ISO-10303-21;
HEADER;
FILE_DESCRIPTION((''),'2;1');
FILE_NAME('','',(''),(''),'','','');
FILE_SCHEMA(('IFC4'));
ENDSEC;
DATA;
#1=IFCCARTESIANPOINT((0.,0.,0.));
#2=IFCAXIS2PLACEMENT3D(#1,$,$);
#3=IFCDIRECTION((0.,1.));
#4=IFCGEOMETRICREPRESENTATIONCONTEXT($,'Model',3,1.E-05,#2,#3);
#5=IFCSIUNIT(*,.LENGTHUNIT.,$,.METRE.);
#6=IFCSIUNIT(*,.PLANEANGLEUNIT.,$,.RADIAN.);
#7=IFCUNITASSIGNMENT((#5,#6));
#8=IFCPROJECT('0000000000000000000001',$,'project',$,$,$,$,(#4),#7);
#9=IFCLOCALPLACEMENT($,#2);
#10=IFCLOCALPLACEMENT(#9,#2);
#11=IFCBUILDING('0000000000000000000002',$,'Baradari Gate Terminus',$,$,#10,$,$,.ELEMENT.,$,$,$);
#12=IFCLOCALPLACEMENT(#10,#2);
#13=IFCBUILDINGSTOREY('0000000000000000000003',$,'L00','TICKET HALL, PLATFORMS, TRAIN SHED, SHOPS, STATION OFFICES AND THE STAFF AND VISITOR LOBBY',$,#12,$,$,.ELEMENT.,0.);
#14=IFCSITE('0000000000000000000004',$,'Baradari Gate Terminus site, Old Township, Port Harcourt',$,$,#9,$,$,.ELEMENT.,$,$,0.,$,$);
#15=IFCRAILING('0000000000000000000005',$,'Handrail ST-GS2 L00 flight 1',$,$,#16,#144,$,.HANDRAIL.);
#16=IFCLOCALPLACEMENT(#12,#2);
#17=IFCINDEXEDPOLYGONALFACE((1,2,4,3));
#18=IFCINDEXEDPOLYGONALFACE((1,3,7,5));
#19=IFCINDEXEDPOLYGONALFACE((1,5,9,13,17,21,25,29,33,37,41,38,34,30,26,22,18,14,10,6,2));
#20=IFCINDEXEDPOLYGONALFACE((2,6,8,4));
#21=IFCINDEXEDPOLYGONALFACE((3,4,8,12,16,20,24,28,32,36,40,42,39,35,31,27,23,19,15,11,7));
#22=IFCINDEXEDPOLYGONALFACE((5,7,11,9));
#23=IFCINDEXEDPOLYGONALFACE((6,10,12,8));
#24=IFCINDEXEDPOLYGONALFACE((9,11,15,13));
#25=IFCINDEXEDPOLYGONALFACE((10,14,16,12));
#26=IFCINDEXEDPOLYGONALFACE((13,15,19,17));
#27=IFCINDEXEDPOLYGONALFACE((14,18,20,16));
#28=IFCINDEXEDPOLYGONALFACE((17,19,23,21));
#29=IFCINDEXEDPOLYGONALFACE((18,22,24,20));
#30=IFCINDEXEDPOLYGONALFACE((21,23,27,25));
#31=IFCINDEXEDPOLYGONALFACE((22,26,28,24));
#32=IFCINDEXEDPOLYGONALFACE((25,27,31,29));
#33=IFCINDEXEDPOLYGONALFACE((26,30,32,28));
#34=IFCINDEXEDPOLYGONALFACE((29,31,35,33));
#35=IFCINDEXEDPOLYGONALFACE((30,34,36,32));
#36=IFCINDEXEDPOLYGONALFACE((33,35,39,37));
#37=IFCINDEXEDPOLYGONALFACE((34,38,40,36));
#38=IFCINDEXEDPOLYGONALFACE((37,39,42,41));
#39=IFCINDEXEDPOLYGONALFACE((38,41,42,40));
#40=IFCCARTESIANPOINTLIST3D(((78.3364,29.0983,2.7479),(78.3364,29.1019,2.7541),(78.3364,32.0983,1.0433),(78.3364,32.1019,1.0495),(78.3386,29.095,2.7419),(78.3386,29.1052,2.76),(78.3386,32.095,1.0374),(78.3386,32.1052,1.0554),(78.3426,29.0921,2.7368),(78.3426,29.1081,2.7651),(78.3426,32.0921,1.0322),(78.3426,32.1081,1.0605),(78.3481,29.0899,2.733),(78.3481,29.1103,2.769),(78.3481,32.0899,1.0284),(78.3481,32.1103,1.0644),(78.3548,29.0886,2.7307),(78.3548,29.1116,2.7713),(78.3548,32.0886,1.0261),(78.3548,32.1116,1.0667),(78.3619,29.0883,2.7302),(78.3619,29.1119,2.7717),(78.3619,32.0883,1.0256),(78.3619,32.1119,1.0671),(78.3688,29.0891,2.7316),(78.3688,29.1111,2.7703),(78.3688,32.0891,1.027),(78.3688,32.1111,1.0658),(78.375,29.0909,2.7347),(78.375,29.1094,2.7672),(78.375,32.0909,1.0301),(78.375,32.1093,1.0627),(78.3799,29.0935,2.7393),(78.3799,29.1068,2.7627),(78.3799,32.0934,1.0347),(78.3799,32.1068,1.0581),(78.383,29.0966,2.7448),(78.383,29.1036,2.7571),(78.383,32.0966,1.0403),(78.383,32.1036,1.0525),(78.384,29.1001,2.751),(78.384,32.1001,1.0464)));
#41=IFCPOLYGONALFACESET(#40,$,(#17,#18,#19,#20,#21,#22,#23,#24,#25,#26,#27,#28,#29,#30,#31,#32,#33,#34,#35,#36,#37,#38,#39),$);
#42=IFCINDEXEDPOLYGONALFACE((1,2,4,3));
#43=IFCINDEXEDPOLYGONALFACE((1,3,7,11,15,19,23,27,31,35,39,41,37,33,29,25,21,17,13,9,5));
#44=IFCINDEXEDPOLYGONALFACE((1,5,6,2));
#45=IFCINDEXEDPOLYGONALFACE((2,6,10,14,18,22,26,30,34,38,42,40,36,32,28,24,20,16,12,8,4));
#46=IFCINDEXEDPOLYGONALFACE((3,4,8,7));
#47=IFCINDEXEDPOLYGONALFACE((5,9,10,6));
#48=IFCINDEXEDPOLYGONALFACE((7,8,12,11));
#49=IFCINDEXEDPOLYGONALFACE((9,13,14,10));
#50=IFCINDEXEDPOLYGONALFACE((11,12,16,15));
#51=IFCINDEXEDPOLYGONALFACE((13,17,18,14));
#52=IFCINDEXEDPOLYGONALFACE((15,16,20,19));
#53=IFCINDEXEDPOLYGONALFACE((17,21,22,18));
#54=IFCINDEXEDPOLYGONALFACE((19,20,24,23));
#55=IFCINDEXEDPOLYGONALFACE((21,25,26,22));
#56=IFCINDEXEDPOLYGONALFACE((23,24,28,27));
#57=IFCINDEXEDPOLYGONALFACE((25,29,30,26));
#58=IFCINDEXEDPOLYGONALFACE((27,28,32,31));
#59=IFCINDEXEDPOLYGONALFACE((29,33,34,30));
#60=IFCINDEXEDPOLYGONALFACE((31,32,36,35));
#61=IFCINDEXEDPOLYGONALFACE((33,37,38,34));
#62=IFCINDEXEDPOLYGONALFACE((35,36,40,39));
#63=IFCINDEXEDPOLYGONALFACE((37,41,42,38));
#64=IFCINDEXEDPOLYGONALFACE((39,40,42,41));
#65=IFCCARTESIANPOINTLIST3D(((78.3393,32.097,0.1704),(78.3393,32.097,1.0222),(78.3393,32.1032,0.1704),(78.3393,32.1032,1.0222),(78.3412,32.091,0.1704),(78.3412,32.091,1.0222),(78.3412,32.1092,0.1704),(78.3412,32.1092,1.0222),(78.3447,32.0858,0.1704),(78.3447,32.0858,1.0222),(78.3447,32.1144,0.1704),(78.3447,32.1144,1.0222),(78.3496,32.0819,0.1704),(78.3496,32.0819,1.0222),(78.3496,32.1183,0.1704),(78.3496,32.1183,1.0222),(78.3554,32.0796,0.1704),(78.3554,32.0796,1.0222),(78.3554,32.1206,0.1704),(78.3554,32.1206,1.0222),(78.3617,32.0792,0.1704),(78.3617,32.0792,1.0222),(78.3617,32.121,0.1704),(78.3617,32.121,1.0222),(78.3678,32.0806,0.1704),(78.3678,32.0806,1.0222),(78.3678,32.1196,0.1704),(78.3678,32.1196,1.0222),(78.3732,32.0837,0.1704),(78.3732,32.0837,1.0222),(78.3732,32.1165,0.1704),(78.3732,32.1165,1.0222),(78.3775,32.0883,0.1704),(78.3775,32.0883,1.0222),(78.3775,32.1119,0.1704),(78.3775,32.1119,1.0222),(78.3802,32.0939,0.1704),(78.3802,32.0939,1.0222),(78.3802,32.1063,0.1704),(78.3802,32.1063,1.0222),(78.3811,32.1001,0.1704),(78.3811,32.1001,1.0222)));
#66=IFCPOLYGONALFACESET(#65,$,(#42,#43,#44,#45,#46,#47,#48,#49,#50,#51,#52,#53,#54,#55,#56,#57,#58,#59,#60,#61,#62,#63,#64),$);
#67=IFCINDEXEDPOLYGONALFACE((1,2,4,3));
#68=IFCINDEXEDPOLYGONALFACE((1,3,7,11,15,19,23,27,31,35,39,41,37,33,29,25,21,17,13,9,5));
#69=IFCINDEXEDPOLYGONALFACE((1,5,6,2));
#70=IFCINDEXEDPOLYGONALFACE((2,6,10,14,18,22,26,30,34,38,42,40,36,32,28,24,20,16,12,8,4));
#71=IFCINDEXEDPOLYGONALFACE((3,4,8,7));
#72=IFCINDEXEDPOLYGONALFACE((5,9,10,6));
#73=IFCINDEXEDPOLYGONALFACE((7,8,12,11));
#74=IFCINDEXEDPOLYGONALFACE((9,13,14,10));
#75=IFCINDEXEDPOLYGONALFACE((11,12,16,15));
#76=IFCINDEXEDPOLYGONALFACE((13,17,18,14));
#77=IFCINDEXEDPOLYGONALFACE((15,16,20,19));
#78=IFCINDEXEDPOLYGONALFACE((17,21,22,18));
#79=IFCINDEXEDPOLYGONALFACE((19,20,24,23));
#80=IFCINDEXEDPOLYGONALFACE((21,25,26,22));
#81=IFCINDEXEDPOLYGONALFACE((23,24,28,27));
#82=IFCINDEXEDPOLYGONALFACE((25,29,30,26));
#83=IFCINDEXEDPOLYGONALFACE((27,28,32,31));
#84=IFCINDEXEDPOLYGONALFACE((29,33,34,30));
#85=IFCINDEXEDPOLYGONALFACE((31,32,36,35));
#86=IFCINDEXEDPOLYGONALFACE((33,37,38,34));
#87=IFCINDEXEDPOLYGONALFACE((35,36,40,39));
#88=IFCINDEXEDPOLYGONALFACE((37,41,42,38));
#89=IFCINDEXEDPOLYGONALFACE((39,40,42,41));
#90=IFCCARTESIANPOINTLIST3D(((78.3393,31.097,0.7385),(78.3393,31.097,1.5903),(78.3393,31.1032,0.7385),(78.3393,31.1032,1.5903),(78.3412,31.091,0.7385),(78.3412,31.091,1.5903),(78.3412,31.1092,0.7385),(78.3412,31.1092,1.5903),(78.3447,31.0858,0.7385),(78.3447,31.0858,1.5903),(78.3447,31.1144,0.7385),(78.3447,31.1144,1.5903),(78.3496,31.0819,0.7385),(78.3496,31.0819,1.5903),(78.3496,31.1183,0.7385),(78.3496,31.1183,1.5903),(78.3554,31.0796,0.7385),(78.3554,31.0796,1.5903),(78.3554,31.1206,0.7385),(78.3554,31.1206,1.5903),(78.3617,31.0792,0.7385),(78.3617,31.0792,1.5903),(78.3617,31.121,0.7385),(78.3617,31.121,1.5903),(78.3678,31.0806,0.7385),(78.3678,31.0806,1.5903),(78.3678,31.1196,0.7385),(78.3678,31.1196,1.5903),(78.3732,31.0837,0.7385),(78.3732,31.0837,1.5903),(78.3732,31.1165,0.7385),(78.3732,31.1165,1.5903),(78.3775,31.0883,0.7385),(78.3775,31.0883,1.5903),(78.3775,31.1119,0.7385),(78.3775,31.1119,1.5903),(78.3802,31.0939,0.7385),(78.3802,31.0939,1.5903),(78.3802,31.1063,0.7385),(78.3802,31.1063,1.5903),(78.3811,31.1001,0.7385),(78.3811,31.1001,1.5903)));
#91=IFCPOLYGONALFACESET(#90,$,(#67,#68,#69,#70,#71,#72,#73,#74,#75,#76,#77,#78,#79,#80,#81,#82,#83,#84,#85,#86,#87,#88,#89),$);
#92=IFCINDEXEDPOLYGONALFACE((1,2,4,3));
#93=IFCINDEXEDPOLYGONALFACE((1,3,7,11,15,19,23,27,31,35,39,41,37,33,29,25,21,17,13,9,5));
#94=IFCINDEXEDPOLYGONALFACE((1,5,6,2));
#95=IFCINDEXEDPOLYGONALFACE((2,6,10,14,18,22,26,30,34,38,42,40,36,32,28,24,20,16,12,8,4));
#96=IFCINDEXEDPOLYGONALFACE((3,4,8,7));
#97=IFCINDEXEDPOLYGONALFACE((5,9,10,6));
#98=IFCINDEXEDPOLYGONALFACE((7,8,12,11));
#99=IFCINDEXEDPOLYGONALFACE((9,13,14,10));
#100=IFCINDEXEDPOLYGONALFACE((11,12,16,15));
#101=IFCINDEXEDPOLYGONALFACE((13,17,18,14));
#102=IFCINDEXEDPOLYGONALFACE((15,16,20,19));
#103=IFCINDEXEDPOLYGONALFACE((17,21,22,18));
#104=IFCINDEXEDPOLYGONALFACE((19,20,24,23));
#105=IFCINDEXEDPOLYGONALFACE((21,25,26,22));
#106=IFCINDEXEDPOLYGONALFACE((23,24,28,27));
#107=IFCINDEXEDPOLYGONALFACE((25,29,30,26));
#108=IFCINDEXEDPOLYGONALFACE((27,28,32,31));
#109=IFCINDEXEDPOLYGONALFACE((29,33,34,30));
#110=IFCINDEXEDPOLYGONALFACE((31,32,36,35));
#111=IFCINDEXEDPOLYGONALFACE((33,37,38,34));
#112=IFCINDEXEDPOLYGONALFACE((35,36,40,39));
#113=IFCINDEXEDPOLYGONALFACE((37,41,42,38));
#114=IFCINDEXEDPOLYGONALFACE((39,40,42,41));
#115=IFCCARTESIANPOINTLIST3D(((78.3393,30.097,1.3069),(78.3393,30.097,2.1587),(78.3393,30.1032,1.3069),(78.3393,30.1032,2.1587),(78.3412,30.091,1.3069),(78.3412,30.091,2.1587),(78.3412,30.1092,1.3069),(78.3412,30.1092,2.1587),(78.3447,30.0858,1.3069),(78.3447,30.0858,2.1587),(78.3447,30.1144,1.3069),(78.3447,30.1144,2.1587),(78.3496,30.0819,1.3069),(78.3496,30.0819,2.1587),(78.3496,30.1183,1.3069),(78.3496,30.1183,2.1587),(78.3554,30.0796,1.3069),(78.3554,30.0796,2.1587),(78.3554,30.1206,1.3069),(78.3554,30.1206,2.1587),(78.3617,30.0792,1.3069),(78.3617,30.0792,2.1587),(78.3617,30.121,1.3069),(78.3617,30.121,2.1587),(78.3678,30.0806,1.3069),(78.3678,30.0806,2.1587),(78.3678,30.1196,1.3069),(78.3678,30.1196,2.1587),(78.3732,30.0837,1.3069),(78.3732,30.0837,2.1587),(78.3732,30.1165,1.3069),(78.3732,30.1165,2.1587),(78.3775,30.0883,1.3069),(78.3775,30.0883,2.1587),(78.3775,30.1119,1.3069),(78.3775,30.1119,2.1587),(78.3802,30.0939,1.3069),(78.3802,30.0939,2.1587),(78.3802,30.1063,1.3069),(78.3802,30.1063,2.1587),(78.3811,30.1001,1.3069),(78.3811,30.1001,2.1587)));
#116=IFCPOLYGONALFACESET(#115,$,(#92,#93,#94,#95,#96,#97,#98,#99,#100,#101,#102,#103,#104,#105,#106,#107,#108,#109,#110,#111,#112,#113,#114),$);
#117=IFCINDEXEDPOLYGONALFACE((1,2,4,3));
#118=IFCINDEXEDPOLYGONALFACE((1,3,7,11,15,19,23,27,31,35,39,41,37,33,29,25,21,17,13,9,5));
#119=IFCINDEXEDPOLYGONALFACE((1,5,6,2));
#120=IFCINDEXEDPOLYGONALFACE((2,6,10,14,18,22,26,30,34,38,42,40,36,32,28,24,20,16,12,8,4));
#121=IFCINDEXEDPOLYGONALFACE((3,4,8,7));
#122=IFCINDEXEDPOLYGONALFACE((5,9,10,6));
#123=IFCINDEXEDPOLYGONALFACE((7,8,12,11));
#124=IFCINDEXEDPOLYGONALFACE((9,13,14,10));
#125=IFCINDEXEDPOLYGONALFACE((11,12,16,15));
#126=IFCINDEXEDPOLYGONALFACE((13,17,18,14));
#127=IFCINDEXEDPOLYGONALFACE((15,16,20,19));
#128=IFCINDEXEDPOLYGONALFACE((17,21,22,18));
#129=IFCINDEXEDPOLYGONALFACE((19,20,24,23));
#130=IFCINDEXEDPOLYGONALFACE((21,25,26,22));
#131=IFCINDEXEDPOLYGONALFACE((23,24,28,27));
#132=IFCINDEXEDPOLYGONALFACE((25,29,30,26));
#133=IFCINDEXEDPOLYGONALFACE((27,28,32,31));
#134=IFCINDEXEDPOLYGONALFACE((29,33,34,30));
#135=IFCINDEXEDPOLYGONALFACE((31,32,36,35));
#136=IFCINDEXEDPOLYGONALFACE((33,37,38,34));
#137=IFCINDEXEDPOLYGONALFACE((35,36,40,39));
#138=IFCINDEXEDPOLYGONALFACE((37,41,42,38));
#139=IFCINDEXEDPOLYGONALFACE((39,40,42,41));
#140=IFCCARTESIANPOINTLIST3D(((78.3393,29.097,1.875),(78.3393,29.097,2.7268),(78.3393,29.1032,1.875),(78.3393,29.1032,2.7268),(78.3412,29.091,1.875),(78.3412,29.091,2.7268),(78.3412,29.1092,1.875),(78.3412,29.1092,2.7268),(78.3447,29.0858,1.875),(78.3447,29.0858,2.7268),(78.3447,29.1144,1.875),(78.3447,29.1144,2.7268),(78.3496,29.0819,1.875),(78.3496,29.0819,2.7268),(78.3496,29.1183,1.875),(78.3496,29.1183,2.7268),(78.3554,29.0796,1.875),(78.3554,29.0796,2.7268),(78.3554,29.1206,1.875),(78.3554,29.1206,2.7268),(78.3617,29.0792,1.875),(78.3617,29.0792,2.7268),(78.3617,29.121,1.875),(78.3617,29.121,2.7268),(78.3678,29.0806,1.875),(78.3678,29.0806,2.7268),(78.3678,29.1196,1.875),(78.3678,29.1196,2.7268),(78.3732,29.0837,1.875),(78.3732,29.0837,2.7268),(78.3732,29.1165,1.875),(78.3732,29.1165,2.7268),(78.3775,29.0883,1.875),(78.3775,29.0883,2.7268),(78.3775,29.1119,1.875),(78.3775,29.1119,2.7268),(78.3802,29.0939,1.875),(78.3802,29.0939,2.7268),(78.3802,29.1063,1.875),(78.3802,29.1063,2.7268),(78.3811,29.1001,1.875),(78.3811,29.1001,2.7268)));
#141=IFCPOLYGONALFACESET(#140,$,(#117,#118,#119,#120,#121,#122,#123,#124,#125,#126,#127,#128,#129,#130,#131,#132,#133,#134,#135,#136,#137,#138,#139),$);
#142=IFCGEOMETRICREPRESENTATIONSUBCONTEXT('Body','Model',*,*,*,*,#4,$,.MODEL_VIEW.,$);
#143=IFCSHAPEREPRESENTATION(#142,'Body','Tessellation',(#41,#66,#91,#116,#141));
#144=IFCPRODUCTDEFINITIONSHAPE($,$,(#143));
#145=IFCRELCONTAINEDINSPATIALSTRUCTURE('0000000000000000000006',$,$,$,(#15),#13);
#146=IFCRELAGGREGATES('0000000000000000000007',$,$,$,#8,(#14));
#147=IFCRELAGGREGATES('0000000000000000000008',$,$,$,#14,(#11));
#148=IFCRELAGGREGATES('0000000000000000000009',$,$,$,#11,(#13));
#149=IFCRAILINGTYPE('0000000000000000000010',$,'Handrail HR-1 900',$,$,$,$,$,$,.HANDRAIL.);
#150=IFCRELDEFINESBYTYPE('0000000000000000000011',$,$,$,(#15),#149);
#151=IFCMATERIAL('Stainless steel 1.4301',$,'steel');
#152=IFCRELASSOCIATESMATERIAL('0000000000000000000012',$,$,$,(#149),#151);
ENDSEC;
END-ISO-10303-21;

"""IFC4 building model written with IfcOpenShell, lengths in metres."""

from ifc_helpers import new_model, si_unit, direction, frame, origin, origin_2d, place, context, subcontext, project, spatial, circle, extrude, material, type_object, element, save


model = new_model("IFC4")

# Units and contexts
model_context = context("Model", 3, precision=1e-05, world=origin(), true_north=direction((0.0, 1.0)))
body_context = subcontext(model_context, "Body", "Model", "MODEL_VIEW")
ifc_project = project(units=[si_unit("LENGTHUNIT", "METRE"), si_unit("PLANEANGLEUNIT", "RADIAN")], contexts=[model_context])

# Site, building, storey
site_placement = place(None, origin())
site = spatial("IfcSite", under=ifc_project, at=site_placement, Name="Baradari Gate Terminus site, Old Township, Port Harcourt", CompositionType="ELEMENT", RefElevation=0.0)
building_placement = place(site_placement, origin())
building = spatial("IfcBuilding", under=site, at=building_placement, Name="Baradari Gate Terminus", CompositionType="ELEMENT")
storey_placement = place(building_placement, origin())
storey = spatial("IfcBuildingStorey", under=building, at=storey_placement, Name="L00", Description="TICKET HALL, PLATFORMS, TRAIN SHED, SHOPS, STATION OFFICES AND THE STAFF AND VISITOR LOBBY", CompositionType="ELEMENT", Elevation=0.0)

# Railing
ifc_material_1 = material(Name="Stainless steel 1.4301", Category="steel")
railing_type_1 = type_object("IfcRailingType", Name="Handrail HR-1 900", PredefinedType="HANDRAIL", material=ifc_material_1)
for number, where, name in (
    (1, (78.3601, 32.1001, 0.1704), "Handrail ST-GS2 L00 flight 1"),
):
    element("IfcRailing", number, at=place(storey_placement, frame(where)), inside=storey, type_object=railing_type_1, Name=name, PredefinedType="HANDRAIL", context=body_context, shape_type="SweptSolid", body=[
        extrude(circle(Radius=0.0239, at=origin_2d()), frame((0.0, 0.0, 0.876), z_axis=(0.0, -0.869451, 0.494019), x_axis=(1.0, 0.0, 0.0)), (0.0, 0.0, 1.0), 3.4504),
        extrude(circle(Radius=0.021, at=origin_2d()), origin(), (0.0, 0.0, 1.0), 0.8518),
        extrude(circle(Radius=0.021, at=origin_2d()), frame((0.0, -1.0, 0.5681)), (0.0, 0.0, 1.0), 0.8518),
        extrude(circle(Radius=0.021, at=origin_2d()), frame((0.0, -2.0, 1.1365)), (0.0, 0.0, 1.0), 0.8518),
        extrude(circle(Radius=0.021, at=origin_2d()), frame((0.0, -3.0, 1.7046)), (0.0, 0.0, 1.0), 0.8518),
    ])

save(model, "model.ifc")
